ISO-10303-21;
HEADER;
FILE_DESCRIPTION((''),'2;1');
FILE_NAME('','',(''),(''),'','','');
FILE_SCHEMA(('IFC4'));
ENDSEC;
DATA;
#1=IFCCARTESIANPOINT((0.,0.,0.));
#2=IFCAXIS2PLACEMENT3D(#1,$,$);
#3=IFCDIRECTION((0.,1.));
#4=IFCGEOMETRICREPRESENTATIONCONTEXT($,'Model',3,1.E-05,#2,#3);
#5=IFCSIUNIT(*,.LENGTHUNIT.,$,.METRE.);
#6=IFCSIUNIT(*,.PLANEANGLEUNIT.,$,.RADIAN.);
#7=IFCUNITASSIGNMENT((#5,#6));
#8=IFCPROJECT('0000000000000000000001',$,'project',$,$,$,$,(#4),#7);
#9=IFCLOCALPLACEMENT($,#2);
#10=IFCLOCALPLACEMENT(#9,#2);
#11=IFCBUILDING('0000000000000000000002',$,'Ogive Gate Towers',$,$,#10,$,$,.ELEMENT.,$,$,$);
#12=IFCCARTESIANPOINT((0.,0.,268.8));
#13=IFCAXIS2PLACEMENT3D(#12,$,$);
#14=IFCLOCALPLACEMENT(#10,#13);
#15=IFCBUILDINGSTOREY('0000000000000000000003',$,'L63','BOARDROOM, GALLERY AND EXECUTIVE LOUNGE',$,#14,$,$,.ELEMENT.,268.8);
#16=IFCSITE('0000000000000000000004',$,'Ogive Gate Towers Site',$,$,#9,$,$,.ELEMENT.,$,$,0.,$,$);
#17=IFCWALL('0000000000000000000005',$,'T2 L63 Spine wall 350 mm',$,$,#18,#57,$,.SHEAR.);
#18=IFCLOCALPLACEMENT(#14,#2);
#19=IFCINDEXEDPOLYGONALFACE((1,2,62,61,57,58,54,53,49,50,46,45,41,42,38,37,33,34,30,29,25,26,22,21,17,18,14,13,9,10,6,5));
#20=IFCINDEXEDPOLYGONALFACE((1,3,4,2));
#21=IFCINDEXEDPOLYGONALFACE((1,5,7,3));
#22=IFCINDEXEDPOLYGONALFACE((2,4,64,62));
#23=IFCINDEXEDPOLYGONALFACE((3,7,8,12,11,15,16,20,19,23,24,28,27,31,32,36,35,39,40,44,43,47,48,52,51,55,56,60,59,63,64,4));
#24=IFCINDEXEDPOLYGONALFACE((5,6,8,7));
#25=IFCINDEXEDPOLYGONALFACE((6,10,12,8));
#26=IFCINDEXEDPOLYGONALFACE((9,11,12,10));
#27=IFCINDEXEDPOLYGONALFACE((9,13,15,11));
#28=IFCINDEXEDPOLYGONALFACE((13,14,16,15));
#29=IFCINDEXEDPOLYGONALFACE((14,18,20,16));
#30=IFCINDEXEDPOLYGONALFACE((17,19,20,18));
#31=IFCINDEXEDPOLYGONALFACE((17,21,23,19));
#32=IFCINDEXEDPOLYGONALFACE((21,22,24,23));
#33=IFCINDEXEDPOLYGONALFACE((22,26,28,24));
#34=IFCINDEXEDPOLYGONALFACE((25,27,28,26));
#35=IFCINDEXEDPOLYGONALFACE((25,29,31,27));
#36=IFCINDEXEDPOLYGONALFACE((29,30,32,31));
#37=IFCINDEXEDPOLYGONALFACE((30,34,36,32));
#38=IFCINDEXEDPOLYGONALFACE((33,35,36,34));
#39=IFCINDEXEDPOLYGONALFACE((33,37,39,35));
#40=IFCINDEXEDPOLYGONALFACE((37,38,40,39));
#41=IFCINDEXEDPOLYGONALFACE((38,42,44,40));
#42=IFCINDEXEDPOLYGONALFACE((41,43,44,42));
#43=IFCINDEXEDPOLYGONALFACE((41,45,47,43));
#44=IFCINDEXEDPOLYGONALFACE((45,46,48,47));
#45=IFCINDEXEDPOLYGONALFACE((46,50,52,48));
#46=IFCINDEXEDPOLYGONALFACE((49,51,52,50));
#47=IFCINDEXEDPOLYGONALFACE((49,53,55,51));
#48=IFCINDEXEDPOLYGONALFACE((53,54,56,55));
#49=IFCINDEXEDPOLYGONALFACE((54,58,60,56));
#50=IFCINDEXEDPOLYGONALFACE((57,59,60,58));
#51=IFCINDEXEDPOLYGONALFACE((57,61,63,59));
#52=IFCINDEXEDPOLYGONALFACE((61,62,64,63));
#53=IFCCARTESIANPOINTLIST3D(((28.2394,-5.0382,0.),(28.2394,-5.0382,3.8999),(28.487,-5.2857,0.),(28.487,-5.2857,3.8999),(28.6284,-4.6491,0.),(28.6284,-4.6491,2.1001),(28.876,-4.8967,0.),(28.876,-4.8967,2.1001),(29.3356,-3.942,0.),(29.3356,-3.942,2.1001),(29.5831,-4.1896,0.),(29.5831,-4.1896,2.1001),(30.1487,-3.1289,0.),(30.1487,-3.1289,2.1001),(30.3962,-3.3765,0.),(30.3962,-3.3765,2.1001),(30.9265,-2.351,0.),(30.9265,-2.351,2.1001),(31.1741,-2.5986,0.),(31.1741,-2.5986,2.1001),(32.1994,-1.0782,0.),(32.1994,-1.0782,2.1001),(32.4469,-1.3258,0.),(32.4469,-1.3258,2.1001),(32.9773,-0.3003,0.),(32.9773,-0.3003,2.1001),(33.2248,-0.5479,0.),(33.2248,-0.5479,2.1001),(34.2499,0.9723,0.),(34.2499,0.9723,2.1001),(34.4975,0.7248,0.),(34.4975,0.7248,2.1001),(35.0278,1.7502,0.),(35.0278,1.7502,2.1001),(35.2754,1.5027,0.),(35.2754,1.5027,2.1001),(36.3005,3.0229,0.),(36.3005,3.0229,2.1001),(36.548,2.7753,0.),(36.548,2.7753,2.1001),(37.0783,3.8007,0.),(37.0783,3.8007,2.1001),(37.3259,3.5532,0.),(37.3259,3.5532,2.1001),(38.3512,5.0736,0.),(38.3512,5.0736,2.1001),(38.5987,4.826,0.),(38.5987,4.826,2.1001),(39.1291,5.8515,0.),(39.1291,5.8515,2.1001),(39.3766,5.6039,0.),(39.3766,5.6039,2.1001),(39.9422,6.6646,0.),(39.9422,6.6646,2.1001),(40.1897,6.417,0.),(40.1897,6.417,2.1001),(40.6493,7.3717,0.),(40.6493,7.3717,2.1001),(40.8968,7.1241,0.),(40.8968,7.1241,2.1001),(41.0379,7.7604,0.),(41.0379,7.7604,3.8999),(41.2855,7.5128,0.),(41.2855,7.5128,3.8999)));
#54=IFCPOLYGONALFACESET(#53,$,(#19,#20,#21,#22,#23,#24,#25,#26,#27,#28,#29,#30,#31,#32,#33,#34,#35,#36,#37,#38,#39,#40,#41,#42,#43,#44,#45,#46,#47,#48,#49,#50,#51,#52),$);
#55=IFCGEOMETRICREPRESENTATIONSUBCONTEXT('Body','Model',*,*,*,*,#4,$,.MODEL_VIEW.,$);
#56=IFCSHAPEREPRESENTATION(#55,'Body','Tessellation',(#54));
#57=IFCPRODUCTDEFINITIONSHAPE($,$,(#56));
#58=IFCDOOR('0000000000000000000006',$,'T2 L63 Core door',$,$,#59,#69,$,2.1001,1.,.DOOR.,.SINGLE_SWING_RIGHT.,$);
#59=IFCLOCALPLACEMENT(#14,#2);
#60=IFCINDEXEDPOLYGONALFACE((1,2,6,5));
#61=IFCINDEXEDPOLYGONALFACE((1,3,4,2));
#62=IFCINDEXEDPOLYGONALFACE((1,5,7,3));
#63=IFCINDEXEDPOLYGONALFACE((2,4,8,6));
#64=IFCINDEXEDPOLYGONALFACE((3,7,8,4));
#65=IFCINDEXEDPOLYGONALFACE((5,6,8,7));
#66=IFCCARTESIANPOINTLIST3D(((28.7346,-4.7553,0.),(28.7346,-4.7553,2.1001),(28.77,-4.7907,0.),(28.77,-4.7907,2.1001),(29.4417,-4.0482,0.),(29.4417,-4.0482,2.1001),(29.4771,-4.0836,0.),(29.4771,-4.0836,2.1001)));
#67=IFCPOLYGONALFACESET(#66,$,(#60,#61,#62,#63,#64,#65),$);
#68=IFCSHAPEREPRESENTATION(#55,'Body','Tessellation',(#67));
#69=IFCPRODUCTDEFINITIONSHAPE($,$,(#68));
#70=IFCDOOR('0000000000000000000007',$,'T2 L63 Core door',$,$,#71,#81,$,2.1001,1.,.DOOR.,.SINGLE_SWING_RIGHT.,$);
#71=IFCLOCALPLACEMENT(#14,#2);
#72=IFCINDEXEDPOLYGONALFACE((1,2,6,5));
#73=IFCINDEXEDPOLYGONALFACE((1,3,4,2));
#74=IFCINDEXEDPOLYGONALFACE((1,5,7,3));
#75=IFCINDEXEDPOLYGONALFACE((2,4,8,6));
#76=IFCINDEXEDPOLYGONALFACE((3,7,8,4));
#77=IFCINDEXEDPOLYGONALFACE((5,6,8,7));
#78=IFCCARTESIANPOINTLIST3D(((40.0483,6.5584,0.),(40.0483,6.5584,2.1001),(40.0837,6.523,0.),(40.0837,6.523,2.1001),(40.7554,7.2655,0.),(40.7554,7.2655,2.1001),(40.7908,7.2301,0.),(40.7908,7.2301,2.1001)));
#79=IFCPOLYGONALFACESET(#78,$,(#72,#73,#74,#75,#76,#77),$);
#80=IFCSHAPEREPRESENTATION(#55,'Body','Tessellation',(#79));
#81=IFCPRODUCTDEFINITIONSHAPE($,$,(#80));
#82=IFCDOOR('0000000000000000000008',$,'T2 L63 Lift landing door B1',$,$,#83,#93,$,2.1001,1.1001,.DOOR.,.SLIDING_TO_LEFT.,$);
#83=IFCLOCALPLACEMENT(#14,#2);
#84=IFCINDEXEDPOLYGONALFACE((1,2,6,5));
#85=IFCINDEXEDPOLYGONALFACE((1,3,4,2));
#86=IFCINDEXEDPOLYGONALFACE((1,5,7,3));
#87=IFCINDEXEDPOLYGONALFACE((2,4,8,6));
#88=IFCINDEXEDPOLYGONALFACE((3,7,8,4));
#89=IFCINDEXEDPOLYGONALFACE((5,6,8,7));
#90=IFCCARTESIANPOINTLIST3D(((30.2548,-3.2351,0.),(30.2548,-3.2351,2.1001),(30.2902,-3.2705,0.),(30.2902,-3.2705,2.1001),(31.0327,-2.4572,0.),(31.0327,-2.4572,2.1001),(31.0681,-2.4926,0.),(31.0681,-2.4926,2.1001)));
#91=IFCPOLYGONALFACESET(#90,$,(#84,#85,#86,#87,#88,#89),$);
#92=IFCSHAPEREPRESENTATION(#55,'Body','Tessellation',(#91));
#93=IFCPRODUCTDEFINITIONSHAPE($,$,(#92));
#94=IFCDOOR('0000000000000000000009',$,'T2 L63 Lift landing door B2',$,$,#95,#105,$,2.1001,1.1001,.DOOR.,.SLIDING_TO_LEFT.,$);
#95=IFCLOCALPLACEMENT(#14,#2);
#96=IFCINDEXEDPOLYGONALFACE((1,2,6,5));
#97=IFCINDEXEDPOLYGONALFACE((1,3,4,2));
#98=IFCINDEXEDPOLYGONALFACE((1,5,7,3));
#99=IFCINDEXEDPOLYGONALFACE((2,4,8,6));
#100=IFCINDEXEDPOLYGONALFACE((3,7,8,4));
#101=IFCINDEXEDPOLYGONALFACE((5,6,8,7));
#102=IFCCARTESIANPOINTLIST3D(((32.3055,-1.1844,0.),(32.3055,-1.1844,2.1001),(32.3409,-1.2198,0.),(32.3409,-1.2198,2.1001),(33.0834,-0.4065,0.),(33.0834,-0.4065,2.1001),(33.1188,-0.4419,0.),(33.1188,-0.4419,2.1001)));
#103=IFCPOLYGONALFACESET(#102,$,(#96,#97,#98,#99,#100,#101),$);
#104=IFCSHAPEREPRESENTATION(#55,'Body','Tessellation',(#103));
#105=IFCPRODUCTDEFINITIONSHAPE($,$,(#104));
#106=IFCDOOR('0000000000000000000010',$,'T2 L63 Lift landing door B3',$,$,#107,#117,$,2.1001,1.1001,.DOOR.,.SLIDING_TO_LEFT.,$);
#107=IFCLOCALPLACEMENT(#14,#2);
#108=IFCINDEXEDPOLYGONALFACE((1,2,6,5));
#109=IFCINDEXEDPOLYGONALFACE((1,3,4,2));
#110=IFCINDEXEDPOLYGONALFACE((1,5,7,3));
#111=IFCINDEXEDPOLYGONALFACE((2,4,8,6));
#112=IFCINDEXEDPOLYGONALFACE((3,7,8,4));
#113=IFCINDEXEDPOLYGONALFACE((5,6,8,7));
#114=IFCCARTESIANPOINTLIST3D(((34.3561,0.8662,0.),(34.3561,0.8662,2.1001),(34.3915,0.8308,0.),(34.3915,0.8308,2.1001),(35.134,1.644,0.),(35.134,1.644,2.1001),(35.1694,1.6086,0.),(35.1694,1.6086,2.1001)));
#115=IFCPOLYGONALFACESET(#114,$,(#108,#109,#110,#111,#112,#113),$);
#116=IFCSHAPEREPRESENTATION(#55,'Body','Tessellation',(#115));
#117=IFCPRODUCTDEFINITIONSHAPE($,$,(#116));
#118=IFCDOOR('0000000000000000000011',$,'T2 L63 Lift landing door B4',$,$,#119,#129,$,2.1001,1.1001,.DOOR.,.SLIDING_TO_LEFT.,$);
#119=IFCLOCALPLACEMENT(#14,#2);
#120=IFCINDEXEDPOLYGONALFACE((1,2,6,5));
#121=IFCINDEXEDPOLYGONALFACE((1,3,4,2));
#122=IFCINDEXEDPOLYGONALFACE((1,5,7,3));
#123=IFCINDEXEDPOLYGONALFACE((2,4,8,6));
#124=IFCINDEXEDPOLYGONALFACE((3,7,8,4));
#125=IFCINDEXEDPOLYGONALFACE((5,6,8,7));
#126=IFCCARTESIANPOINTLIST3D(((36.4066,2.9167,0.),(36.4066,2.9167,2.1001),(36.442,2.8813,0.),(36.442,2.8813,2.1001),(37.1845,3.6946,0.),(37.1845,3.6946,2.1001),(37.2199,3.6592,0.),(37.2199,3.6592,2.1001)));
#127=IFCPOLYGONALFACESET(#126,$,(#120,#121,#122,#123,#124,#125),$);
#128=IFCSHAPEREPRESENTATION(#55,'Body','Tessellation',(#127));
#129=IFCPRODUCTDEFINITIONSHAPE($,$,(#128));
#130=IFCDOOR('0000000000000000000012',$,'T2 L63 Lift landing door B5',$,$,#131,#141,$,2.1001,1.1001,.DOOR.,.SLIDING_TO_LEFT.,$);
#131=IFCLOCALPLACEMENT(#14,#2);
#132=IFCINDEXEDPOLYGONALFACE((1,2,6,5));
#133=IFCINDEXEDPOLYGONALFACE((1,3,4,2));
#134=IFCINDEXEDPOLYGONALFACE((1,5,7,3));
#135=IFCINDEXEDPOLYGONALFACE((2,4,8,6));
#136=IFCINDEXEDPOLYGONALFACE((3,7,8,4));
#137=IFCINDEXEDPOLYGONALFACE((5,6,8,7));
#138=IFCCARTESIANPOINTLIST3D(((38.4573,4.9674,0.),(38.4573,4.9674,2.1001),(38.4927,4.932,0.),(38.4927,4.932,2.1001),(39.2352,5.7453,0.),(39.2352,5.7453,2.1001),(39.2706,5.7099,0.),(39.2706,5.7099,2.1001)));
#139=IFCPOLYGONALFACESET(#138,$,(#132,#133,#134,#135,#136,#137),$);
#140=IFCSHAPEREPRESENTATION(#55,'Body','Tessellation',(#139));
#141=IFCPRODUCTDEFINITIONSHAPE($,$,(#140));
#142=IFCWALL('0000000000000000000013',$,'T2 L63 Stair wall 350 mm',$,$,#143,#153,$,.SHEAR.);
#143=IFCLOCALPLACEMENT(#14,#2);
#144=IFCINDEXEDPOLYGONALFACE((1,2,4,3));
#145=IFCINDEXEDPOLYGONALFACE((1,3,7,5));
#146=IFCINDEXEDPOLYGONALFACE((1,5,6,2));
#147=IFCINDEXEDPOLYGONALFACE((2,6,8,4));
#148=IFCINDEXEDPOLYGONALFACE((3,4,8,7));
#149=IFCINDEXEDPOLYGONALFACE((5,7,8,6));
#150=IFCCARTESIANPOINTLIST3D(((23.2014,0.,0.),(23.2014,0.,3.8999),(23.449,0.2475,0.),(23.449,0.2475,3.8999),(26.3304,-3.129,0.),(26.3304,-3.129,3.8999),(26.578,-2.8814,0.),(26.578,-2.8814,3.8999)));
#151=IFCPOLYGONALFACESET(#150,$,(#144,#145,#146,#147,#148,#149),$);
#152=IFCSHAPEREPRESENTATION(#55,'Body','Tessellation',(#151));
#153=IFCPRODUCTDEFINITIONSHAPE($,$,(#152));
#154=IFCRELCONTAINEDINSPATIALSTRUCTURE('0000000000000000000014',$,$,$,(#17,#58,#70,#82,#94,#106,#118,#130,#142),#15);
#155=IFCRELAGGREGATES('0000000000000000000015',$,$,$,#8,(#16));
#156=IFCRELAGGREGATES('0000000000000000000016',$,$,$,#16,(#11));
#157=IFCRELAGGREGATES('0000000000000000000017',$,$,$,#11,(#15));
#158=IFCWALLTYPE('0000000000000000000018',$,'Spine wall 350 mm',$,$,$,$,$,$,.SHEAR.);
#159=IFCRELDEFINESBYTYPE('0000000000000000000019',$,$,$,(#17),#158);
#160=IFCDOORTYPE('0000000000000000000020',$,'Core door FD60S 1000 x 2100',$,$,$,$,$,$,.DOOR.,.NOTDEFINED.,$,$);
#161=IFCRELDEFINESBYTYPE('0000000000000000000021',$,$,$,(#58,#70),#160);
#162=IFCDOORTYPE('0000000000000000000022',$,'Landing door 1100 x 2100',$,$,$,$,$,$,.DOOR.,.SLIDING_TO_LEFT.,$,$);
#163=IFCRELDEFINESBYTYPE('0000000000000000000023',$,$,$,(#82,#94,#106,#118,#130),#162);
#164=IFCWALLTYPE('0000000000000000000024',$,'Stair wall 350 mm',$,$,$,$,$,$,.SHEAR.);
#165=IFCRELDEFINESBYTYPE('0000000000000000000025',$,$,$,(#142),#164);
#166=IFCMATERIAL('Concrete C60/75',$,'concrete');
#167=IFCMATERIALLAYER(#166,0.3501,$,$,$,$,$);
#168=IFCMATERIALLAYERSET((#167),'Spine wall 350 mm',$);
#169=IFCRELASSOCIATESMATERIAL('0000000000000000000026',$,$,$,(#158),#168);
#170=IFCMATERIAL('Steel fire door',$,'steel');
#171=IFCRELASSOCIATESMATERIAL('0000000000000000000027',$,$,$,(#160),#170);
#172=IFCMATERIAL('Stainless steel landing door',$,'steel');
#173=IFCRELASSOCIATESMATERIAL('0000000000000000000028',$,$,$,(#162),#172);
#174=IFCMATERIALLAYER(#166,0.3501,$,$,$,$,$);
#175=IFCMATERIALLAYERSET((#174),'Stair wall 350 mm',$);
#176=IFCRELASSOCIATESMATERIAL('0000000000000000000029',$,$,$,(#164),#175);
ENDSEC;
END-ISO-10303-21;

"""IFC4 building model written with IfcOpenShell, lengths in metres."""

from ifc_helpers import new_model, si_unit, direction, frame, frame_2d, origin, place, context, subcontext, project, spatial, rectangle, extrude, material, layer, layer_set, type_object, element, fill, save


model = new_model("IFC4")

# Units and contexts
model_context = context("Model", 3, precision=1e-05, world=origin(), true_north=direction((0.0, 1.0)))
body_context = subcontext(model_context, "Body", "Model", "MODEL_VIEW")
ifc_project = project(units=[si_unit("LENGTHUNIT", "METRE"), si_unit("PLANEANGLEUNIT", "RADIAN")], contexts=[model_context])

# Site, building, storey
site_placement = place(None, origin())
site = spatial("IfcSite", under=ifc_project, at=site_placement, Name="Ogive Gate Towers Site", CompositionType="ELEMENT", RefElevation=0.0)
building_placement = place(site_placement, origin())
building = spatial("IfcBuilding", under=site, at=building_placement, Name="Ogive Gate Towers", CompositionType="ELEMENT")
storey_placement = place(building_placement, frame((0.0, 0.0, 268.8)))
storey = spatial("IfcBuildingStorey", under=building, at=storey_placement, Name="L63", Description="BOARDROOM, GALLERY AND EXECUTIVE LOUNGE", CompositionType="ELEMENT", Elevation=268.8)

# Shared definitions
ifc_material_1 = material(Name="Concrete C60/75", Category="concrete")

# Wall, openings, doors
ifc_layer_1 = layer(ifc_material_1, 0.3501)
ifc_layer_set_1 = layer_set([ifc_layer_1], Name="Spine wall 350 mm")
wall_type_1 = type_object("IfcWallType", Name="Spine wall 350 mm", PredefinedType="SHEAR", material=ifc_layer_set_1)
wall_1_placement = place(storey_placement, frame((28.3633, -5.1619, 0.0), z_axis=(0.0, 0.0, 1.0), x_axis=(0.707107, 0.707107, 0.0)))
wall_1 = element("IfcWall", 1, at=wall_1_placement, inside=storey, type_object=wall_type_1, Name="T2 L63 Spine wall 350 mm", PredefinedType="SHEAR", context=body_context, shape_type="SweptSolid", body=[
    extrude(rectangle(XDim=18.0999, YDim=0.3501, at=frame_2d((9.0498, 0.0))), origin(), (0.0, 0.0, 1.0), 3.8999),
])
opening_1_placement = place(wall_1_placement, frame((0.55, 0.0, 0.0)))
opening_1 = element("IfcOpeningElement", 2, at=opening_1_placement, cuts=wall_1, PredefinedType="OPENING", context=body_context, shape_type="SweptSolid", body=[
    extrude(rectangle(XDim=1.0, YDim=2.1001, at=frame_2d((0.5, 1.05))), frame((0.0, 0.1851, 0.0), z_axis=(0.0, -1.0, 0.0), x_axis=(1.0, 0.0, 0.0)), (0.0, 0.0, 1.0), 0.3701),
])
opening_2_placement = place(wall_1_placement, frame((2.7, 0.0, 0.0)))
opening_2 = element("IfcOpeningElement", 3, at=opening_2_placement, cuts=wall_1, PredefinedType="OPENING", context=body_context, shape_type="SweptSolid", body=[
    extrude(rectangle(XDim=1.1001, YDim=2.1001, at=frame_2d((0.55, 1.05))), frame((0.0, 0.1851, 0.0), z_axis=(0.0, -1.0, 0.0), x_axis=(1.0, 0.0, 0.0)), (0.0, 0.0, 1.0), 0.3701),
])
opening_3_placement = place(wall_1_placement, frame((5.6001, 0.0, 0.0)))
opening_3 = element("IfcOpeningElement", 4, at=opening_3_placement, cuts=wall_1, PredefinedType="OPENING", context=body_context, shape_type="SweptSolid", body=[
    extrude(rectangle(XDim=1.1001, YDim=2.1001, at=frame_2d((0.55, 1.05))), frame((0.0, 0.1851, 0.0), z_axis=(0.0, -1.0, 0.0), x_axis=(1.0, 0.0, 0.0)), (0.0, 0.0, 1.0), 0.3701),
])
opening_4_placement = place(wall_1_placement, frame((8.5, 0.0, 0.0)))
opening_4 = element("IfcOpeningElement", 5, at=opening_4_placement, cuts=wall_1, PredefinedType="OPENING", context=body_context, shape_type="SweptSolid", body=[
    extrude(rectangle(XDim=1.1001, YDim=2.1001, at=frame_2d((0.55, 1.05))), frame((0.0, 0.1851, 0.0), z_axis=(0.0, -1.0, 0.0), x_axis=(1.0, 0.0, 0.0)), (0.0, 0.0, 1.0), 0.3701),
])
opening_5_placement = place(wall_1_placement, frame((11.3999, 0.0, 0.0)))
opening_5 = element("IfcOpeningElement", 6, at=opening_5_placement, cuts=wall_1, PredefinedType="OPENING", context=body_context, shape_type="SweptSolid", body=[
    extrude(rectangle(XDim=1.1001, YDim=2.1001, at=frame_2d((0.55, 1.05))), frame((0.0, 0.1851, 0.0), z_axis=(0.0, -1.0, 0.0), x_axis=(1.0, 0.0, 0.0)), (0.0, 0.0, 1.0), 0.3701),
])
opening_6_placement = place(wall_1_placement, frame((14.3, 0.0, 0.0)))
opening_6 = element("IfcOpeningElement", 7, at=opening_6_placement, cuts=wall_1, PredefinedType="OPENING", context=body_context, shape_type="SweptSolid", body=[
    extrude(rectangle(XDim=1.1001, YDim=2.1001, at=frame_2d((0.55, 1.05))), frame((0.0, 0.1851, 0.0), z_axis=(0.0, -1.0, 0.0), x_axis=(1.0, 0.0, 0.0)), (0.0, 0.0, 1.0), 0.3701),
])
opening_7_placement = place(wall_1_placement, frame((16.55, 0.0, 0.0)))
opening_7 = element("IfcOpeningElement", 8, at=opening_7_placement, cuts=wall_1, PredefinedType="OPENING", context=body_context, shape_type="SweptSolid", body=[
    extrude(rectangle(XDim=1.0, YDim=2.1001, at=frame_2d((0.5, 1.05))), frame((0.0, 0.1851, 0.0), z_axis=(0.0, -1.0, 0.0), x_axis=(1.0, 0.0, 0.0)), (0.0, 0.0, 1.0), 0.3701),
])
ifc_material_2 = material(Name="Steel fire door", Category="steel")
door_type_1 = type_object("IfcDoorType", Name="Core door FD60S 1000 x 2100", OperationType="NOTDEFINED", PredefinedType="DOOR", material=ifc_material_2)
door_1_placement = place(opening_1_placement, origin())
door_1 = element("IfcDoor", 9, at=door_1_placement, inside=storey, type_object=door_type_1, Name="T2 L63 Core door", OperationType="SINGLE_SWING_RIGHT", OverallHeight=2.1001, OverallWidth=1.0, PredefinedType="DOOR", context=body_context, shape_type="SweptSolid", body=[
    extrude(rectangle(XDim=1.0, YDim=2.1001, at=frame_2d((0.5, 1.05))), frame((0.0, 0.0249, 0.0), z_axis=(0.0, -1.0, 0.0), x_axis=(1.0, 0.0, 0.0)), (0.0, 0.0, 1.0), 0.05),
])
fill(opening_1, door_1)
door_2_placement = place(opening_7_placement, origin())
door_2 = element("IfcDoor", 10, at=door_2_placement, inside=storey, type_object=door_type_1, Name="T2 L63 Core door", OperationType="SINGLE_SWING_RIGHT", OverallHeight=2.1001, OverallWidth=1.0, PredefinedType="DOOR", context=body_context, shape_type="SweptSolid", body=[
    extrude(rectangle(XDim=1.0, YDim=2.1001, at=frame_2d((0.5, 1.05))), frame((0.0, 0.0249, 0.0), z_axis=(0.0, -1.0, 0.0), x_axis=(1.0, 0.0, 0.0)), (0.0, 0.0, 1.0), 0.05),
])
fill(opening_7, door_2)
ifc_material_3 = material(Name="Stainless steel landing door", Category="steel")
door_type_2 = type_object("IfcDoorType", Name="Landing door 1100 x 2100", OperationType="SLIDING_TO_LEFT", PredefinedType="DOOR", material=ifc_material_3)
door_3_placement = place(opening_2_placement, origin())
door_3 = element("IfcDoor", 11, at=door_3_placement, inside=storey, type_object=door_type_2, Name="T2 L63 Lift landing door B1", OperationType="SLIDING_TO_LEFT", OverallHeight=2.1001, OverallWidth=1.1001, PredefinedType="DOOR", context=body_context, shape_type="SweptSolid", body=[
    extrude(rectangle(XDim=1.1001, YDim=2.1001, at=frame_2d((0.55, 1.05))), frame((0.0, 0.0249, 0.0), z_axis=(0.0, -1.0, 0.0), x_axis=(1.0, 0.0, 0.0)), (0.0, 0.0, 1.0), 0.05),
])
fill(opening_2, door_3)
door_4_placement = place(opening_3_placement, origin())
door_4 = element("IfcDoor", 12, at=door_4_placement, inside=storey, type_object=door_type_2, Name="T2 L63 Lift landing door B2", OperationType="SLIDING_TO_LEFT", OverallHeight=2.1001, OverallWidth=1.1001, PredefinedType="DOOR", context=body_context, shape_type="SweptSolid", body=[
    extrude(rectangle(XDim=1.1001, YDim=2.1001, at=frame_2d((0.55, 1.05))), frame((0.0, 0.0249, 0.0), z_axis=(0.0, -1.0, 0.0), x_axis=(1.0, 0.0, 0.0)), (0.0, 0.0, 1.0), 0.05),
])
fill(opening_3, door_4)
door_5_placement = place(opening_4_placement, origin())
door_5 = element("IfcDoor", 13, at=door_5_placement, inside=storey, type_object=door_type_2, Name="T2 L63 Lift landing door B3", OperationType="SLIDING_TO_LEFT", OverallHeight=2.1001, OverallWidth=1.1001, PredefinedType="DOOR", context=body_context, shape_type="SweptSolid", body=[
    extrude(rectangle(XDim=1.1001, YDim=2.1001, at=frame_2d((0.55, 1.05))), frame((0.0, 0.0249, 0.0), z_axis=(0.0, -1.0, 0.0), x_axis=(1.0, 0.0, 0.0)), (0.0, 0.0, 1.0), 0.05),
])
fill(opening_4, door_5)
door_6_placement = place(opening_5_placement, origin())
door_6 = element("IfcDoor", 14, at=door_6_placement, inside=storey, type_object=door_type_2, Name="T2 L63 Lift landing door B4", OperationType="SLIDING_TO_LEFT", OverallHeight=2.1001, OverallWidth=1.1001, PredefinedType="DOOR", context=body_context, shape_type="SweptSolid", body=[
    extrude(rectangle(XDim=1.1001, YDim=2.1001, at=frame_2d((0.55, 1.05))), frame((0.0, 0.0249, 0.0), z_axis=(0.0, -1.0, 0.0), x_axis=(1.0, 0.0, 0.0)), (0.0, 0.0, 1.0), 0.05),
])
fill(opening_5, door_6)
door_7_placement = place(opening_6_placement, origin())
door_7 = element("IfcDoor", 15, at=door_7_placement, inside=storey, type_object=door_type_2, Name="T2 L63 Lift landing door B5", OperationType="SLIDING_TO_LEFT", OverallHeight=2.1001, OverallWidth=1.1001, PredefinedType="DOOR", context=body_context, shape_type="SweptSolid", body=[
    extrude(rectangle(XDim=1.1001, YDim=2.1001, at=frame_2d((0.55, 1.05))), frame((0.0, 0.0249, 0.0), z_axis=(0.0, -1.0, 0.0), x_axis=(1.0, 0.0, 0.0)), (0.0, 0.0, 1.0), 0.05),
])
fill(opening_6, door_7)

# Wall
ifc_layer_2 = layer(ifc_material_1, 0.3501)
ifc_layer_set_2 = layer_set([ifc_layer_2], Name="Stair wall 350 mm")
wall_type_2 = type_object("IfcWallType", Name="Stair wall 350 mm", PredefinedType="SHEAR", material=ifc_layer_set_2)
wall_2_placement = place(storey_placement, frame((26.4541, -3.0051, 0.0), z_axis=(0.0, 0.0, 1.0), x_axis=(-0.707107, 0.707107, 0.0)))
element("IfcWall", 16, at=wall_2_placement, inside=storey, type_object=wall_type_2, Name="T2 L63 Stair wall 350 mm", PredefinedType="SHEAR", context=body_context, shape_type="SweptSolid", body=[
    extrude(rectangle(XDim=4.425, YDim=0.3501, at=frame_2d((2.2124, 0.0))), origin(), (0.0, 0.0, 1.0), 3.8999),
])

save(model, "model.ifc")
